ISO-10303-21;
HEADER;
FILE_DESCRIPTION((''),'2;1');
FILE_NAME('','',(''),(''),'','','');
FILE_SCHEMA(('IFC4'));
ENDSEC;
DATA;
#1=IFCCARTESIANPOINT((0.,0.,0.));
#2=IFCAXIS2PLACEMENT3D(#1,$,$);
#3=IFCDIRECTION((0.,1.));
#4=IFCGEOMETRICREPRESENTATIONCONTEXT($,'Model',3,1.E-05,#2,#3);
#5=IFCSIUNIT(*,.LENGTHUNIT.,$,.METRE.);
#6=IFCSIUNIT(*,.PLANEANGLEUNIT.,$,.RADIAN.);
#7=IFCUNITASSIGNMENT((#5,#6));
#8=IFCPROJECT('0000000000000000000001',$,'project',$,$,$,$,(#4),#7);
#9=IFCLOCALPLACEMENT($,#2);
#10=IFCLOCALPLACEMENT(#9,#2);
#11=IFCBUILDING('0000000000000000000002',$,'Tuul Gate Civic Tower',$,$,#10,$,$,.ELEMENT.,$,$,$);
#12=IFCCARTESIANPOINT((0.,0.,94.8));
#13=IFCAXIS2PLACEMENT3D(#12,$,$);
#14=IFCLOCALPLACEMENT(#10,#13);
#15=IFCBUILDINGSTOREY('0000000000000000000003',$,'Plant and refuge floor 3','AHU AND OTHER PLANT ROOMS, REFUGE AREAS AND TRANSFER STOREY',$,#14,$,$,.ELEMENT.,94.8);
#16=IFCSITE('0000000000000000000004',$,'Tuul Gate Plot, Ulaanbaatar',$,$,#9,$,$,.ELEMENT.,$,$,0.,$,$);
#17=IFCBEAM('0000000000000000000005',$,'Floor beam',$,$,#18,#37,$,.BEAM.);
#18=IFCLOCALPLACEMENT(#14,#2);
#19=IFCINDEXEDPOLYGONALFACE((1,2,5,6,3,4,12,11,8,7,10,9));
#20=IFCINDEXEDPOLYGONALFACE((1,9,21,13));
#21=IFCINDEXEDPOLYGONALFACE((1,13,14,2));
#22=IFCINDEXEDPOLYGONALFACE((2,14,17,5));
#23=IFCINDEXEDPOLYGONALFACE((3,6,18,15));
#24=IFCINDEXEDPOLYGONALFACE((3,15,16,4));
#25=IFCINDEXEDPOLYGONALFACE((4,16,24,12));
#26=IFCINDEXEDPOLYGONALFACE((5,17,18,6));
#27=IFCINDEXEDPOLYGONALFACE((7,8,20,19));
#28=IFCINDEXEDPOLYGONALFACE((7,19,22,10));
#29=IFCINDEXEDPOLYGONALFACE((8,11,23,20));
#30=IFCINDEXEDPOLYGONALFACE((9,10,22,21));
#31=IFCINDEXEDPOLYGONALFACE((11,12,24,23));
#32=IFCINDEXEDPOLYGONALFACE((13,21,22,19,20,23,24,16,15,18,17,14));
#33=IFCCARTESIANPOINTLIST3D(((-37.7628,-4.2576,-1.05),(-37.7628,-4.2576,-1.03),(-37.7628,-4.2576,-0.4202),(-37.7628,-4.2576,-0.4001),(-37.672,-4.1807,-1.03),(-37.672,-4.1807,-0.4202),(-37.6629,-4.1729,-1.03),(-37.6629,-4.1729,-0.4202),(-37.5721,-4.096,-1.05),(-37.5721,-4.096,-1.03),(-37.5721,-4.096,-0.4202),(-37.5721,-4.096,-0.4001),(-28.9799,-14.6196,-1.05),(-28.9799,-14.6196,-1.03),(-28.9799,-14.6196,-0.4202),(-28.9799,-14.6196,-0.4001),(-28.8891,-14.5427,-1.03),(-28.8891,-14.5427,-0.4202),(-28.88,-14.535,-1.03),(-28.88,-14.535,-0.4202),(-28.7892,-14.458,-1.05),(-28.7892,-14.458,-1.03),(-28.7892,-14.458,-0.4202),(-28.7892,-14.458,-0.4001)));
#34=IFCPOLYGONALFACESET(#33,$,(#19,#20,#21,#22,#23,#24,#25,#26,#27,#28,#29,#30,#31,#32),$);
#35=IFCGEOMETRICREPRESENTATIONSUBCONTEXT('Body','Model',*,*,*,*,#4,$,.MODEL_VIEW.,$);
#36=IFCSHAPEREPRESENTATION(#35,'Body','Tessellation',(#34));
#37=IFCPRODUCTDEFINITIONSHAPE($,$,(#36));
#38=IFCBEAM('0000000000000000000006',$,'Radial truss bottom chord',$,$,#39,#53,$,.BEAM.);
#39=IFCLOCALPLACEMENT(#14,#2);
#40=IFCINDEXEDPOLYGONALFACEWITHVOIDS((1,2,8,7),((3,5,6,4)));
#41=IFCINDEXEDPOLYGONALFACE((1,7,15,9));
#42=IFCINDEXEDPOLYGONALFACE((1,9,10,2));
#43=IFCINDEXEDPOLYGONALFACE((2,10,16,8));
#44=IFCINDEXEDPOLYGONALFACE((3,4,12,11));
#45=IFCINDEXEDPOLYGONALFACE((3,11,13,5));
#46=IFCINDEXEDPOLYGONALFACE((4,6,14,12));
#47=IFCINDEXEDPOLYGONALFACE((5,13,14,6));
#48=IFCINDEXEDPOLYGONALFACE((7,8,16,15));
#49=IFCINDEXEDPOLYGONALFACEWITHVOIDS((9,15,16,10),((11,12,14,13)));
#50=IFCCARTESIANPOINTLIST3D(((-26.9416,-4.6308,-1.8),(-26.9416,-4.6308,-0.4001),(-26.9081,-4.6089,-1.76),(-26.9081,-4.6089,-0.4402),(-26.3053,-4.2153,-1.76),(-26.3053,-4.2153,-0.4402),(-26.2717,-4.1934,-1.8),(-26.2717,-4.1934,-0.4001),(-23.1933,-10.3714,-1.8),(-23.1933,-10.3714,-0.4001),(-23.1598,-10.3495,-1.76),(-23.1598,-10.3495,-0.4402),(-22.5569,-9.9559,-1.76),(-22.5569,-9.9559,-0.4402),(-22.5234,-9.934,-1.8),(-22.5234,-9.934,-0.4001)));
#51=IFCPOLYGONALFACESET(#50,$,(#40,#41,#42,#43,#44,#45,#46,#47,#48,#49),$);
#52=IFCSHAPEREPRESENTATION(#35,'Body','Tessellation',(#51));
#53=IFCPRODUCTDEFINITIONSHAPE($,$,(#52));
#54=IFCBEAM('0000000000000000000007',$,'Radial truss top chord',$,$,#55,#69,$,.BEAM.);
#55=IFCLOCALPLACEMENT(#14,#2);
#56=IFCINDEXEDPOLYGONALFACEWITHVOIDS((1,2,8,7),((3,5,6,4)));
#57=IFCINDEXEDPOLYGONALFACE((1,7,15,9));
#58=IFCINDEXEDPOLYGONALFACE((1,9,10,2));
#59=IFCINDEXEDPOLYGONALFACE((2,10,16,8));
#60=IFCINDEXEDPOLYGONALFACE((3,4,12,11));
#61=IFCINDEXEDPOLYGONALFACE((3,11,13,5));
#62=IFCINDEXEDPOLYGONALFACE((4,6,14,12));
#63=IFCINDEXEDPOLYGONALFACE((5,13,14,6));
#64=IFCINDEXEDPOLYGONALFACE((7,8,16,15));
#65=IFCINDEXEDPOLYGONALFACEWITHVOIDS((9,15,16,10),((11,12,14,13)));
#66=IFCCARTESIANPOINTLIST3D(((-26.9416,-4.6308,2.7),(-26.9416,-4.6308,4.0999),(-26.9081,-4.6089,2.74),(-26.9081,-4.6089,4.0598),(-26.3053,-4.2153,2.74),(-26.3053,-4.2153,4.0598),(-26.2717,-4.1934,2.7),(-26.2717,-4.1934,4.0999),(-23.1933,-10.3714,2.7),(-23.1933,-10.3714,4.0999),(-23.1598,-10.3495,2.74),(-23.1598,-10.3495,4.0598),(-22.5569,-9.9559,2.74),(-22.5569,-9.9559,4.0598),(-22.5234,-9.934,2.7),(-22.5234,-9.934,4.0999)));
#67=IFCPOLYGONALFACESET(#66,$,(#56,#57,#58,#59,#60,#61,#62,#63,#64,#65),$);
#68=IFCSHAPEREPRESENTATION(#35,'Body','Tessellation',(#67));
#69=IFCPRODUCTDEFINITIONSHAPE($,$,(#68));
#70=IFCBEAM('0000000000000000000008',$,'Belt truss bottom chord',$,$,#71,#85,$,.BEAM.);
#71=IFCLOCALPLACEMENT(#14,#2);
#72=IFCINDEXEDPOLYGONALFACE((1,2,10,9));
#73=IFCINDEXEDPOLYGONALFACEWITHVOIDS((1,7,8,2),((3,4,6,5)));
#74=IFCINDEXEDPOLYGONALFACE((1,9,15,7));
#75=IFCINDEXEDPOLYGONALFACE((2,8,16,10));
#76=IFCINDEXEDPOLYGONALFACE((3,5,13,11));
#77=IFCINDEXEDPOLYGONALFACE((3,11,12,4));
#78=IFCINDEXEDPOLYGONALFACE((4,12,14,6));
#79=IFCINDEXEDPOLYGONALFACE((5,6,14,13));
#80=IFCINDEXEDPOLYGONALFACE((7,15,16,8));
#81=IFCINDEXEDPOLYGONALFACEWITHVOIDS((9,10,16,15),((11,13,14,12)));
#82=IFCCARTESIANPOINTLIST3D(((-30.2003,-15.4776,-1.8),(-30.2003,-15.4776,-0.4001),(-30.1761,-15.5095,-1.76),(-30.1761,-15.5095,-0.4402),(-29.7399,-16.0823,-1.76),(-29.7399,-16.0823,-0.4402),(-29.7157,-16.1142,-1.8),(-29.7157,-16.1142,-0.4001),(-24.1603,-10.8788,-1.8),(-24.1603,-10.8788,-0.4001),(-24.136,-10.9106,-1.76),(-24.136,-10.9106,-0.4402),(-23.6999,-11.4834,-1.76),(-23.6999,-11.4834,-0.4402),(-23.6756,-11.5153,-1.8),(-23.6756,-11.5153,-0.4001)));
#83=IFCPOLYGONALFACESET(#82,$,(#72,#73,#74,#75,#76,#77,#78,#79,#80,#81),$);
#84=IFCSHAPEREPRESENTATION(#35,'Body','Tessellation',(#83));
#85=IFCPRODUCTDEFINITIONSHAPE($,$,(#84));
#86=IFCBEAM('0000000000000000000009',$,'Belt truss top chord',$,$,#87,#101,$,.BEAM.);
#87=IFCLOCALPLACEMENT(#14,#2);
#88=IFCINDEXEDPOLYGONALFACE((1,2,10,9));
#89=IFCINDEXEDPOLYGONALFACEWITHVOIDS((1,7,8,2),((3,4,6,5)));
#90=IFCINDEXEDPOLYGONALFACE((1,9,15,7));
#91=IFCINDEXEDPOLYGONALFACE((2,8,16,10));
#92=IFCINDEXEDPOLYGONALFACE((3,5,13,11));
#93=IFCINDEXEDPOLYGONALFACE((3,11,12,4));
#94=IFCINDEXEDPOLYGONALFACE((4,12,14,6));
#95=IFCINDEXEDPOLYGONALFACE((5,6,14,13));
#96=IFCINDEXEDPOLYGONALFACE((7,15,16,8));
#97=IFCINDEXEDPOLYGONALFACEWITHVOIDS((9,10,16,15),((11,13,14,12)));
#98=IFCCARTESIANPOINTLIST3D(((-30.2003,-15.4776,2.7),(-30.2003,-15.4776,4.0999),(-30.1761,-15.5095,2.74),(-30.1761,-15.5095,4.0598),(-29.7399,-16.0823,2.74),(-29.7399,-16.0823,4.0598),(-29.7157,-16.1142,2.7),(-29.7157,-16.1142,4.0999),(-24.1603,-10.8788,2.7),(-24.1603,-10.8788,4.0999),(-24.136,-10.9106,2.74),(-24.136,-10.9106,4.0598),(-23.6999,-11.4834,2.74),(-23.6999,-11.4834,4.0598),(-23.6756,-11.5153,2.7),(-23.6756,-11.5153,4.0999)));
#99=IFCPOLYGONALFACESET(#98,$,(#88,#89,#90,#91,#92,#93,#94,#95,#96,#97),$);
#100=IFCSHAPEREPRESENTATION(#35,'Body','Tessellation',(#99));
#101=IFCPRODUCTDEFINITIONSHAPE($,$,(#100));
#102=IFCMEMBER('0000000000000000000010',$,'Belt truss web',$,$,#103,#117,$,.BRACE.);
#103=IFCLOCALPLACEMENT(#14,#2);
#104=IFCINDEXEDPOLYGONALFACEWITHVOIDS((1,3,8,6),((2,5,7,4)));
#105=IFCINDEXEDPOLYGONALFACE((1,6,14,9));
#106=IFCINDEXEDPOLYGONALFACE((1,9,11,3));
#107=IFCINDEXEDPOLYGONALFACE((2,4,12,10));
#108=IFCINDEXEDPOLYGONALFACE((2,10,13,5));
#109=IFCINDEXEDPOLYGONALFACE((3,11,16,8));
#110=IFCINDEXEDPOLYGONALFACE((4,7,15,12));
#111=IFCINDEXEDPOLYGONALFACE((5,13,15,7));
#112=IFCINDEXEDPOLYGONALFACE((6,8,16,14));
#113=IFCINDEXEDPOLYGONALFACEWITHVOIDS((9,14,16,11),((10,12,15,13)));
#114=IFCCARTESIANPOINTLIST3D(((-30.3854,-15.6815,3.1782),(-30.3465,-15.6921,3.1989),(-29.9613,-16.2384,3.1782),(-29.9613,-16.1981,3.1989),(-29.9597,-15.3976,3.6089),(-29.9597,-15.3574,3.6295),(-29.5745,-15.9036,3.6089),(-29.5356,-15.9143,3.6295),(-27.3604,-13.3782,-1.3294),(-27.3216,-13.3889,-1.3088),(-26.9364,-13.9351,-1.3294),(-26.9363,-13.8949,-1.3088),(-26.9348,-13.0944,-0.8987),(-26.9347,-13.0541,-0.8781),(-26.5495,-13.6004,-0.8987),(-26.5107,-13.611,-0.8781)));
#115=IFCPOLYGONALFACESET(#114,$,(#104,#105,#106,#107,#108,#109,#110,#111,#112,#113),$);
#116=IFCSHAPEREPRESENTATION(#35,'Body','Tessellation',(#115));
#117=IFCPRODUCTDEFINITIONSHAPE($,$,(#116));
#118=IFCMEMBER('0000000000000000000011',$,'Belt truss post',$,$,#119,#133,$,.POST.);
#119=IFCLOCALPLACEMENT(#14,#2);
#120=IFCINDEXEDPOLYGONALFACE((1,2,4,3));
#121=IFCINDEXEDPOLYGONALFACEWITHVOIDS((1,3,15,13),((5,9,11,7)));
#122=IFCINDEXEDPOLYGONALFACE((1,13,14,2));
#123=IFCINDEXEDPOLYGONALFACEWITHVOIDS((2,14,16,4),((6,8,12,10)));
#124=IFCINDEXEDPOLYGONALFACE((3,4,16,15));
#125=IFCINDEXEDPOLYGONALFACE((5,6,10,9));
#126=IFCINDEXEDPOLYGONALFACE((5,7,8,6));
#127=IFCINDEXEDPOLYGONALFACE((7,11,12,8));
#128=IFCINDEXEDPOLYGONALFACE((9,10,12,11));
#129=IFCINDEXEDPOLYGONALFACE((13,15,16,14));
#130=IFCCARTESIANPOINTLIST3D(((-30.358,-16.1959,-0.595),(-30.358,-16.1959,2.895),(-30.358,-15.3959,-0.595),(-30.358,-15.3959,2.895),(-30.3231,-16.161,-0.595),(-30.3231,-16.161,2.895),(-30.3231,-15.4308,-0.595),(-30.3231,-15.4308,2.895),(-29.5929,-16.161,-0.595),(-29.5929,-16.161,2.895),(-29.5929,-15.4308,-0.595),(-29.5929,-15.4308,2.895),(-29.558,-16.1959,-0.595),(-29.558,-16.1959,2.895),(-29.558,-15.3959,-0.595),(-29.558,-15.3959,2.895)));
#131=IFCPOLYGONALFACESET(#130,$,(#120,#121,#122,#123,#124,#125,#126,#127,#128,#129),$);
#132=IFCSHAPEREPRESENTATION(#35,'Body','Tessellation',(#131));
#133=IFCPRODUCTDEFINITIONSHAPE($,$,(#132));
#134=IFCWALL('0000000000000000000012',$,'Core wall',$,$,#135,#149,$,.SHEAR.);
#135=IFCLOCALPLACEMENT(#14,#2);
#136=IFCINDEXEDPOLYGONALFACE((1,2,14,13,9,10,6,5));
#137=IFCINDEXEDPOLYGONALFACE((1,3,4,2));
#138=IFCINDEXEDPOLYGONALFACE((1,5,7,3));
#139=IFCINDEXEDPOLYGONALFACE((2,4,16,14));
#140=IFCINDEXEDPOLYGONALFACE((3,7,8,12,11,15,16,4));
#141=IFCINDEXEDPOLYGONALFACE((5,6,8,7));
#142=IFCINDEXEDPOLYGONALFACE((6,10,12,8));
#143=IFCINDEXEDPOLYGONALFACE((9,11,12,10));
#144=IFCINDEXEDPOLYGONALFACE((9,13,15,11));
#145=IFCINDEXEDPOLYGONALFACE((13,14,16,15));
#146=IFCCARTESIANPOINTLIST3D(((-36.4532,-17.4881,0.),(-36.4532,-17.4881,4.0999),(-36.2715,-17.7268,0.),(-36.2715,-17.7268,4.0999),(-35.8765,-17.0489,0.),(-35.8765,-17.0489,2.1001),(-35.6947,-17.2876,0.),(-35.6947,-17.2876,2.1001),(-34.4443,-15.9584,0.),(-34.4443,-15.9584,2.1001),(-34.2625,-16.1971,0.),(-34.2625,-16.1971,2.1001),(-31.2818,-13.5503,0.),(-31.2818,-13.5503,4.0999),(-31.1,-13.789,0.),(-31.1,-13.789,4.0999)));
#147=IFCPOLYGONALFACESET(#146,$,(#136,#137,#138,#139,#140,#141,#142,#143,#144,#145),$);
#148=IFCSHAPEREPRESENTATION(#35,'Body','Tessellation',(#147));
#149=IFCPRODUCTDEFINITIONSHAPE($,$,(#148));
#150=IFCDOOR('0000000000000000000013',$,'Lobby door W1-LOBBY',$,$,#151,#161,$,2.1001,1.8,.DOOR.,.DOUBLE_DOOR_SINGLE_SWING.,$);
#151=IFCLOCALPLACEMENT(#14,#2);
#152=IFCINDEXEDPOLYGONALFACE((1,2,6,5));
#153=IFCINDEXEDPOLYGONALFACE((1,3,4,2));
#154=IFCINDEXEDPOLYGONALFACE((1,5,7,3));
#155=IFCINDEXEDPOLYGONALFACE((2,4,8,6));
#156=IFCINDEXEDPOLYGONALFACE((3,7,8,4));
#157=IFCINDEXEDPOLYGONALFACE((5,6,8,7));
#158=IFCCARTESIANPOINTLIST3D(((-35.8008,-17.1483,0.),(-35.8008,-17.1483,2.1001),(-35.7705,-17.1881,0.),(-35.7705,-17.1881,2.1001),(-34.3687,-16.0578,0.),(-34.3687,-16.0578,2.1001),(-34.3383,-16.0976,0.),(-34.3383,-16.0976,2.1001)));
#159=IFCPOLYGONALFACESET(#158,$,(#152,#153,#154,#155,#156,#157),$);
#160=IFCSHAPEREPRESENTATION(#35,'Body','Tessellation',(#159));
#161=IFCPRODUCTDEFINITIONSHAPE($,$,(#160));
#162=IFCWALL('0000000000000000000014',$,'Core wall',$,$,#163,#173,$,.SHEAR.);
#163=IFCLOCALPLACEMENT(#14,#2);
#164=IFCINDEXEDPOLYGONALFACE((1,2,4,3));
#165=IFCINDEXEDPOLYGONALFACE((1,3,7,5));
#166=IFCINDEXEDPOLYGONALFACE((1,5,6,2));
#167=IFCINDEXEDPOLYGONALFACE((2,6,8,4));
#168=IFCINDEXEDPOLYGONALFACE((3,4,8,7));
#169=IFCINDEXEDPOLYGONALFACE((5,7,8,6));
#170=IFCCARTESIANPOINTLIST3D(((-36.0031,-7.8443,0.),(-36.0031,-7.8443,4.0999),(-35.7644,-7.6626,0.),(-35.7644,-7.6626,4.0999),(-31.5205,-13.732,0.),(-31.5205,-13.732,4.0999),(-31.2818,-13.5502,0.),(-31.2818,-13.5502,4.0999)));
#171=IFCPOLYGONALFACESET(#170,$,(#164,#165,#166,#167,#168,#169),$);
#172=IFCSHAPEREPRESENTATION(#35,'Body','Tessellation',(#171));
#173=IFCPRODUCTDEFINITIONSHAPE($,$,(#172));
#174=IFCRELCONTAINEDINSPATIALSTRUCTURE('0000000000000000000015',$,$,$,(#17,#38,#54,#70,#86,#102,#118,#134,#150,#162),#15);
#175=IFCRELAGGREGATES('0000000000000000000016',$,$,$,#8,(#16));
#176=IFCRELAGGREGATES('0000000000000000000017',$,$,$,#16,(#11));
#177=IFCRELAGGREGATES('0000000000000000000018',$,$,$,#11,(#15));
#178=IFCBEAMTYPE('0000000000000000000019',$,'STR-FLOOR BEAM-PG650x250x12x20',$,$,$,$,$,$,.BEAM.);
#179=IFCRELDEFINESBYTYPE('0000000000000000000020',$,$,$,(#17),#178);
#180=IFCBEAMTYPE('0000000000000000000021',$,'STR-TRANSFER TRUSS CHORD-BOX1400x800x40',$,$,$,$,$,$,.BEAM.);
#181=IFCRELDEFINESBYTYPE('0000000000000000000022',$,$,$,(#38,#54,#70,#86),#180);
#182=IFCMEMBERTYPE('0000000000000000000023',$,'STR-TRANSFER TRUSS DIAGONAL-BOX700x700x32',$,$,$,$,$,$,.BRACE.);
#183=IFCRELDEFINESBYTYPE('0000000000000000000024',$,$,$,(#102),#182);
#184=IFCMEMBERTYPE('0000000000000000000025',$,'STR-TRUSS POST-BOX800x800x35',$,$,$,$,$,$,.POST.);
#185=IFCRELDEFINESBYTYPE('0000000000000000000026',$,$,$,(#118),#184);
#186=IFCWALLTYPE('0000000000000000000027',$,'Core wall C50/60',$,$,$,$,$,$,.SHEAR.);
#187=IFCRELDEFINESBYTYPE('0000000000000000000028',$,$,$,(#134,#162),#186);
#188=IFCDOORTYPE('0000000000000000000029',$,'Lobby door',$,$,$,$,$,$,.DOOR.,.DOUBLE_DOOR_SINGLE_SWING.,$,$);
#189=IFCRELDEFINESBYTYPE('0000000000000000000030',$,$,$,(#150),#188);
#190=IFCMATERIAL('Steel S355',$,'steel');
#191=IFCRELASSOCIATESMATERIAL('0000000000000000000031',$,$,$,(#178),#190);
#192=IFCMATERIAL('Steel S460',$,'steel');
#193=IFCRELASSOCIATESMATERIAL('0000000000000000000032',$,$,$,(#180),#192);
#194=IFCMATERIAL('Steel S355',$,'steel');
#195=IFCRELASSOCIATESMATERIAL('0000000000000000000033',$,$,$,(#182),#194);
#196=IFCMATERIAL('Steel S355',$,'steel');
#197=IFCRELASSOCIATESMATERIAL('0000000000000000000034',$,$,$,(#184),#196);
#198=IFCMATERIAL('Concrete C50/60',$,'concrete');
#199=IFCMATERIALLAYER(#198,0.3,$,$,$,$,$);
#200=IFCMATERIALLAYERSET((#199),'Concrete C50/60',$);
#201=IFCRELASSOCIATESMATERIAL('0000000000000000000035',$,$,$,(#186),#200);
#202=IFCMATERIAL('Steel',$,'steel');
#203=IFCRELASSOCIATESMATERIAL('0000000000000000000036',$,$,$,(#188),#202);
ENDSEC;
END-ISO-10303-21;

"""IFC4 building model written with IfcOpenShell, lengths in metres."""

from ifc_helpers import new_model, si_unit, direction, frame, frame_2d, origin, origin_2d, place, context, subcontext, project, spatial, rectangle, hollow_rectangle, i_section, extrude, material, layer, layer_set, material_profile, profile_set, type_object, element, fill, save


model = new_model("IFC4")

# Units and contexts
model_context = context("Model", 3, precision=1e-05, world=origin(), true_north=direction((0.0, 1.0)))
body_context = subcontext(model_context, "Body", "Model", "MODEL_VIEW")
ifc_project = project(units=[si_unit("LENGTHUNIT", "METRE"), si_unit("PLANEANGLEUNIT", "RADIAN")], contexts=[model_context])

# Site, building, storey
site_placement = place(None, origin())
site = spatial("IfcSite", under=ifc_project, at=site_placement, Name="Tuul Gate Plot, Ulaanbaatar", CompositionType="ELEMENT", RefElevation=0.0)
building_placement = place(site_placement, origin())
building = spatial("IfcBuilding", under=site, at=building_placement, Name="Tuul Gate Civic Tower", CompositionType="ELEMENT")
storey_placement = place(building_placement, frame((0.0, 0.0, 94.8)))
storey = spatial("IfcBuildingStorey", under=building, at=storey_placement, Name="Plant and refuge floor 3", Description="AHU AND OTHER PLANT ROOMS, REFUGE AREAS AND TRANSFER STOREY", CompositionType="ELEMENT", Elevation=94.8)

# Beams
ifc_material_1 = material(Name="Steel S355", Category="steel")
ifc_material_profile_1 = material_profile(ifc_material_1, i_section(OverallWidth=0.25, OverallDepth=0.6499, WebThickness=0.012, FlangeThickness=0.02, at=origin_2d()), Name="PG650x250x12x20")
ifc_profile_set_1 = profile_set([ifc_material_profile_1], Name="Steel S355")
beam_type_1 = type_object("IfcBeamType", Name="STR-FLOOR BEAM-PG650x250x12x20", PredefinedType="BEAM", material=ifc_profile_set_1)
beam_placement = place(storey_placement, frame((-28.8845, -14.5388, -0.7251), z_axis=(-0.646588, 0.762839, 0.0), x_axis=(-0.762839, -0.646588, 0.0)))
element("IfcBeam", 1, at=beam_placement, inside=storey, type_object=beam_type_1, Name="Floor beam", PredefinedType="BEAM", context=body_context, shape_type="SweptSolid", body=[
    extrude(i_section(OverallWidth=0.25, OverallDepth=0.6499, WebThickness=0.012, FlangeThickness=0.02, at=origin_2d()), origin(), (0.0, 0.0, 1.0), 13.5835),
])
ifc_material_2 = material(Name="Steel S460", Category="steel")
ifc_material_profile_2 = material_profile(ifc_material_2, hollow_rectangle(XDim=0.8, YDim=1.3999, WallThickness=0.04, at=origin_2d()), Name="BOX1400x800x40")
ifc_profile_set_2 = profile_set([ifc_material_profile_2], Name="Steel S460")
beam_type_2 = type_object("IfcBeamType", Name="STR-TRANSFER TRUSS CHORD-BOX1400x800x40", PredefinedType="BEAM", material=ifc_profile_set_2)
for number, where, z_axis, x_axis, name in (
    (2, (-26.6067, -4.4121, -1.1001), (0.546728, -0.83731, 0.0), (0.83731, 0.546728, 0.0), "Radial truss bottom chord"),
    (3, (-26.6067, -4.4121, 3.3999), (0.546728, -0.83731, 0.0), (0.83731, 0.546728, 0.0), "Radial truss top chord"),
):
    element("IfcBeam", number, at=place(storey_placement, frame(where, z_axis=z_axis, x_axis=x_axis)), inside=storey, type_object=beam_type_2, Name=name, PredefinedType="BEAM", context=body_context, shape_type="SweptSolid", body=[
        extrude(hollow_rectangle(XDim=0.8, YDim=1.3999, WallThickness=0.04, at=origin_2d()), origin(), (0.0, 0.0, 1.0), 6.856),
    ])
for number, where, z_axis, x_axis, name in (
    (4, (-29.958, -15.7959, -1.1001), (0.795626, 0.605788, 0.0), (-0.605788, 0.795626, 0.0), "Belt truss bottom chord"),
    (5, (-29.958, -15.7959, 3.3999), (0.795626, 0.605788, 0.0), (-0.605788, 0.795626, 0.0), "Belt truss top chord"),
):
    element("IfcBeam", number, at=place(storey_placement, frame(where, z_axis=z_axis, x_axis=x_axis)), inside=storey, type_object=beam_type_2, Name=name, PredefinedType="BEAM", context=body_context, shape_type="SweptSolid", body=[
        extrude(hollow_rectangle(XDim=0.8, YDim=1.3999, WallThickness=0.04, at=origin_2d()), origin(), (0.0, 0.0, 1.0), 7.5916),
    ])

# Members
ifc_material_3 = material(Name="Steel S355", Category="steel")
ifc_material_profile_3 = material_profile(ifc_material_3, hollow_rectangle(XDim=0.7, YDim=0.7, WallThickness=0.032, at=origin_2d()), Name="BOX700x700x32")
ifc_profile_set_3 = profile_set([ifc_material_profile_3], Name="Steel S355")
member_type_1 = type_object("IfcMemberType", Name="STR-TRANSFER TRUSS DIAGONAL-BOX700x700x32", PredefinedType="BRACE", material=ifc_profile_set_3)
member_1_placement = place(storey_placement, frame((-26.9355, -13.4946, -1.1038), z_axis=(-0.512968, -0.390584, 0.764401), x_axis=(0.605799, -0.795617, 0.0)))
element("IfcMember", 6, at=member_1_placement, inside=storey, type_object=member_type_1, Name="Belt truss web", PredefinedType="BRACE", context=body_context, shape_type="SweptSolid", body=[
    extrude(hollow_rectangle(XDim=0.7, YDim=0.7, WallThickness=0.032, at=origin_2d()), origin(), (0.0, 0.0, 1.0), 5.897),
])
ifc_material_4 = material(Name="Steel S355", Category="steel")
ifc_material_profile_4 = material_profile(ifc_material_4, hollow_rectangle(XDim=0.8, YDim=0.8, WallThickness=0.0349, at=origin_2d()), Name="BOX800x800x35")
ifc_profile_set_4 = profile_set([ifc_material_profile_4], Name="Steel S355")
member_type_2 = type_object("IfcMemberType", Name="STR-TRUSS POST-BOX800x800x35", PredefinedType="POST", material=ifc_profile_set_4)
member_2_placement = place(storey_placement, frame((-29.958, -15.7959, -0.595), z_axis=(0.0, 0.0, 1.0), x_axis=(1.0, 0.0, 0.0)))
element("IfcMember", 7, at=member_2_placement, inside=storey, type_object=member_type_2, Name="Belt truss post", PredefinedType="POST", context=body_context, shape_type="SweptSolid", body=[
    extrude(hollow_rectangle(XDim=0.8, YDim=0.8, WallThickness=0.0349, at=origin_2d()), origin(), (0.0, 0.0, 1.0), 3.49),
])

# Wall, opening, door
ifc_material_5 = material(Name="Concrete C50/60", Category="concrete")
ifc_layer_1 = layer(ifc_material_5, 0.3)
ifc_layer_set_1 = layer_set([ifc_layer_1], Name="Concrete C50/60")
wall_type_1 = type_object("IfcWallType", Name="Core wall C50/60", PredefinedType="SHEAR", material=ifc_layer_set_1)
wall_1_placement = place(storey_placement, frame((-31.1909, -13.6697, 0.0), z_axis=(0.0, 0.0, 1.0), x_axis=(-0.795607, -0.605813, 0.0)))
wall_1 = element("IfcWall", 8, at=wall_1_placement, inside=storey, type_object=wall_type_1, Name="Core wall", PredefinedType="SHEAR", context=body_context, shape_type="SweptSolid", body=[
    extrude(rectangle(XDim=6.5, YDim=0.3, at=frame_2d((3.25, 0.0))), origin(), (0.0, 0.0, 1.0), 4.0999),
])
opening_1_placement = place(wall_1_placement, frame((3.9751, 0.0, 0.0)))
opening_1 = element("IfcOpeningElement", 9, at=opening_1_placement, cuts=wall_1, PredefinedType="OPENING", context=body_context, shape_type="SweptSolid", body=[
    extrude(rectangle(XDim=1.8, YDim=2.1001, at=frame_2d((0.8999, 1.05))), frame((0.0, 0.1602, 0.0), z_axis=(0.0, -1.0, 0.0), x_axis=(1.0, 0.0, 0.0)), (0.0, 0.0, 1.0), 0.3201),
])
ifc_material_6 = material(Name="Steel", Category="steel")
door_type_1 = type_object("IfcDoorType", Name="Lobby door", OperationType="DOUBLE_DOOR_SINGLE_SWING", PredefinedType="DOOR", material=ifc_material_6)
door_1_placement = place(opening_1_placement, origin())
door_1 = element("IfcDoor", 10, at=door_1_placement, inside=storey, type_object=door_type_1, Name="Lobby door W1-LOBBY", OperationType="DOUBLE_DOOR_SINGLE_SWING", OverallHeight=2.1001, OverallWidth=1.8, PredefinedType="DOOR", context=body_context, shape_type="SweptSolid", body=[
    extrude(rectangle(XDim=1.8, YDim=2.1001, at=frame_2d((0.8999, 1.05))), frame((0.0, 0.0249, 0.0), z_axis=(0.0, -1.0, 0.0), x_axis=(1.0, 0.0, 0.0)), (0.0, 0.0, 1.0), 0.05),
])
fill(opening_1, door_1)

# Wall
wall_2_placement = place(storey_placement, frame((-31.4011, -13.6411, 0.0), z_axis=(0.0, 0.0, 1.0), x_axis=(-0.60577, 0.79564, 0.0)))
element("IfcWall", 11, at=wall_2_placement, inside=storey, type_object=wall_type_1, Name="Core wall", PredefinedType="SHEAR", context=body_context, shape_type="SweptSolid", body=[
    extrude(rectangle(XDim=7.3999, YDim=0.3, at=frame_2d((3.7, 0.0))), origin(), (0.0, 0.0, 1.0), 4.0999),
])

save(model, "model.ifc")
